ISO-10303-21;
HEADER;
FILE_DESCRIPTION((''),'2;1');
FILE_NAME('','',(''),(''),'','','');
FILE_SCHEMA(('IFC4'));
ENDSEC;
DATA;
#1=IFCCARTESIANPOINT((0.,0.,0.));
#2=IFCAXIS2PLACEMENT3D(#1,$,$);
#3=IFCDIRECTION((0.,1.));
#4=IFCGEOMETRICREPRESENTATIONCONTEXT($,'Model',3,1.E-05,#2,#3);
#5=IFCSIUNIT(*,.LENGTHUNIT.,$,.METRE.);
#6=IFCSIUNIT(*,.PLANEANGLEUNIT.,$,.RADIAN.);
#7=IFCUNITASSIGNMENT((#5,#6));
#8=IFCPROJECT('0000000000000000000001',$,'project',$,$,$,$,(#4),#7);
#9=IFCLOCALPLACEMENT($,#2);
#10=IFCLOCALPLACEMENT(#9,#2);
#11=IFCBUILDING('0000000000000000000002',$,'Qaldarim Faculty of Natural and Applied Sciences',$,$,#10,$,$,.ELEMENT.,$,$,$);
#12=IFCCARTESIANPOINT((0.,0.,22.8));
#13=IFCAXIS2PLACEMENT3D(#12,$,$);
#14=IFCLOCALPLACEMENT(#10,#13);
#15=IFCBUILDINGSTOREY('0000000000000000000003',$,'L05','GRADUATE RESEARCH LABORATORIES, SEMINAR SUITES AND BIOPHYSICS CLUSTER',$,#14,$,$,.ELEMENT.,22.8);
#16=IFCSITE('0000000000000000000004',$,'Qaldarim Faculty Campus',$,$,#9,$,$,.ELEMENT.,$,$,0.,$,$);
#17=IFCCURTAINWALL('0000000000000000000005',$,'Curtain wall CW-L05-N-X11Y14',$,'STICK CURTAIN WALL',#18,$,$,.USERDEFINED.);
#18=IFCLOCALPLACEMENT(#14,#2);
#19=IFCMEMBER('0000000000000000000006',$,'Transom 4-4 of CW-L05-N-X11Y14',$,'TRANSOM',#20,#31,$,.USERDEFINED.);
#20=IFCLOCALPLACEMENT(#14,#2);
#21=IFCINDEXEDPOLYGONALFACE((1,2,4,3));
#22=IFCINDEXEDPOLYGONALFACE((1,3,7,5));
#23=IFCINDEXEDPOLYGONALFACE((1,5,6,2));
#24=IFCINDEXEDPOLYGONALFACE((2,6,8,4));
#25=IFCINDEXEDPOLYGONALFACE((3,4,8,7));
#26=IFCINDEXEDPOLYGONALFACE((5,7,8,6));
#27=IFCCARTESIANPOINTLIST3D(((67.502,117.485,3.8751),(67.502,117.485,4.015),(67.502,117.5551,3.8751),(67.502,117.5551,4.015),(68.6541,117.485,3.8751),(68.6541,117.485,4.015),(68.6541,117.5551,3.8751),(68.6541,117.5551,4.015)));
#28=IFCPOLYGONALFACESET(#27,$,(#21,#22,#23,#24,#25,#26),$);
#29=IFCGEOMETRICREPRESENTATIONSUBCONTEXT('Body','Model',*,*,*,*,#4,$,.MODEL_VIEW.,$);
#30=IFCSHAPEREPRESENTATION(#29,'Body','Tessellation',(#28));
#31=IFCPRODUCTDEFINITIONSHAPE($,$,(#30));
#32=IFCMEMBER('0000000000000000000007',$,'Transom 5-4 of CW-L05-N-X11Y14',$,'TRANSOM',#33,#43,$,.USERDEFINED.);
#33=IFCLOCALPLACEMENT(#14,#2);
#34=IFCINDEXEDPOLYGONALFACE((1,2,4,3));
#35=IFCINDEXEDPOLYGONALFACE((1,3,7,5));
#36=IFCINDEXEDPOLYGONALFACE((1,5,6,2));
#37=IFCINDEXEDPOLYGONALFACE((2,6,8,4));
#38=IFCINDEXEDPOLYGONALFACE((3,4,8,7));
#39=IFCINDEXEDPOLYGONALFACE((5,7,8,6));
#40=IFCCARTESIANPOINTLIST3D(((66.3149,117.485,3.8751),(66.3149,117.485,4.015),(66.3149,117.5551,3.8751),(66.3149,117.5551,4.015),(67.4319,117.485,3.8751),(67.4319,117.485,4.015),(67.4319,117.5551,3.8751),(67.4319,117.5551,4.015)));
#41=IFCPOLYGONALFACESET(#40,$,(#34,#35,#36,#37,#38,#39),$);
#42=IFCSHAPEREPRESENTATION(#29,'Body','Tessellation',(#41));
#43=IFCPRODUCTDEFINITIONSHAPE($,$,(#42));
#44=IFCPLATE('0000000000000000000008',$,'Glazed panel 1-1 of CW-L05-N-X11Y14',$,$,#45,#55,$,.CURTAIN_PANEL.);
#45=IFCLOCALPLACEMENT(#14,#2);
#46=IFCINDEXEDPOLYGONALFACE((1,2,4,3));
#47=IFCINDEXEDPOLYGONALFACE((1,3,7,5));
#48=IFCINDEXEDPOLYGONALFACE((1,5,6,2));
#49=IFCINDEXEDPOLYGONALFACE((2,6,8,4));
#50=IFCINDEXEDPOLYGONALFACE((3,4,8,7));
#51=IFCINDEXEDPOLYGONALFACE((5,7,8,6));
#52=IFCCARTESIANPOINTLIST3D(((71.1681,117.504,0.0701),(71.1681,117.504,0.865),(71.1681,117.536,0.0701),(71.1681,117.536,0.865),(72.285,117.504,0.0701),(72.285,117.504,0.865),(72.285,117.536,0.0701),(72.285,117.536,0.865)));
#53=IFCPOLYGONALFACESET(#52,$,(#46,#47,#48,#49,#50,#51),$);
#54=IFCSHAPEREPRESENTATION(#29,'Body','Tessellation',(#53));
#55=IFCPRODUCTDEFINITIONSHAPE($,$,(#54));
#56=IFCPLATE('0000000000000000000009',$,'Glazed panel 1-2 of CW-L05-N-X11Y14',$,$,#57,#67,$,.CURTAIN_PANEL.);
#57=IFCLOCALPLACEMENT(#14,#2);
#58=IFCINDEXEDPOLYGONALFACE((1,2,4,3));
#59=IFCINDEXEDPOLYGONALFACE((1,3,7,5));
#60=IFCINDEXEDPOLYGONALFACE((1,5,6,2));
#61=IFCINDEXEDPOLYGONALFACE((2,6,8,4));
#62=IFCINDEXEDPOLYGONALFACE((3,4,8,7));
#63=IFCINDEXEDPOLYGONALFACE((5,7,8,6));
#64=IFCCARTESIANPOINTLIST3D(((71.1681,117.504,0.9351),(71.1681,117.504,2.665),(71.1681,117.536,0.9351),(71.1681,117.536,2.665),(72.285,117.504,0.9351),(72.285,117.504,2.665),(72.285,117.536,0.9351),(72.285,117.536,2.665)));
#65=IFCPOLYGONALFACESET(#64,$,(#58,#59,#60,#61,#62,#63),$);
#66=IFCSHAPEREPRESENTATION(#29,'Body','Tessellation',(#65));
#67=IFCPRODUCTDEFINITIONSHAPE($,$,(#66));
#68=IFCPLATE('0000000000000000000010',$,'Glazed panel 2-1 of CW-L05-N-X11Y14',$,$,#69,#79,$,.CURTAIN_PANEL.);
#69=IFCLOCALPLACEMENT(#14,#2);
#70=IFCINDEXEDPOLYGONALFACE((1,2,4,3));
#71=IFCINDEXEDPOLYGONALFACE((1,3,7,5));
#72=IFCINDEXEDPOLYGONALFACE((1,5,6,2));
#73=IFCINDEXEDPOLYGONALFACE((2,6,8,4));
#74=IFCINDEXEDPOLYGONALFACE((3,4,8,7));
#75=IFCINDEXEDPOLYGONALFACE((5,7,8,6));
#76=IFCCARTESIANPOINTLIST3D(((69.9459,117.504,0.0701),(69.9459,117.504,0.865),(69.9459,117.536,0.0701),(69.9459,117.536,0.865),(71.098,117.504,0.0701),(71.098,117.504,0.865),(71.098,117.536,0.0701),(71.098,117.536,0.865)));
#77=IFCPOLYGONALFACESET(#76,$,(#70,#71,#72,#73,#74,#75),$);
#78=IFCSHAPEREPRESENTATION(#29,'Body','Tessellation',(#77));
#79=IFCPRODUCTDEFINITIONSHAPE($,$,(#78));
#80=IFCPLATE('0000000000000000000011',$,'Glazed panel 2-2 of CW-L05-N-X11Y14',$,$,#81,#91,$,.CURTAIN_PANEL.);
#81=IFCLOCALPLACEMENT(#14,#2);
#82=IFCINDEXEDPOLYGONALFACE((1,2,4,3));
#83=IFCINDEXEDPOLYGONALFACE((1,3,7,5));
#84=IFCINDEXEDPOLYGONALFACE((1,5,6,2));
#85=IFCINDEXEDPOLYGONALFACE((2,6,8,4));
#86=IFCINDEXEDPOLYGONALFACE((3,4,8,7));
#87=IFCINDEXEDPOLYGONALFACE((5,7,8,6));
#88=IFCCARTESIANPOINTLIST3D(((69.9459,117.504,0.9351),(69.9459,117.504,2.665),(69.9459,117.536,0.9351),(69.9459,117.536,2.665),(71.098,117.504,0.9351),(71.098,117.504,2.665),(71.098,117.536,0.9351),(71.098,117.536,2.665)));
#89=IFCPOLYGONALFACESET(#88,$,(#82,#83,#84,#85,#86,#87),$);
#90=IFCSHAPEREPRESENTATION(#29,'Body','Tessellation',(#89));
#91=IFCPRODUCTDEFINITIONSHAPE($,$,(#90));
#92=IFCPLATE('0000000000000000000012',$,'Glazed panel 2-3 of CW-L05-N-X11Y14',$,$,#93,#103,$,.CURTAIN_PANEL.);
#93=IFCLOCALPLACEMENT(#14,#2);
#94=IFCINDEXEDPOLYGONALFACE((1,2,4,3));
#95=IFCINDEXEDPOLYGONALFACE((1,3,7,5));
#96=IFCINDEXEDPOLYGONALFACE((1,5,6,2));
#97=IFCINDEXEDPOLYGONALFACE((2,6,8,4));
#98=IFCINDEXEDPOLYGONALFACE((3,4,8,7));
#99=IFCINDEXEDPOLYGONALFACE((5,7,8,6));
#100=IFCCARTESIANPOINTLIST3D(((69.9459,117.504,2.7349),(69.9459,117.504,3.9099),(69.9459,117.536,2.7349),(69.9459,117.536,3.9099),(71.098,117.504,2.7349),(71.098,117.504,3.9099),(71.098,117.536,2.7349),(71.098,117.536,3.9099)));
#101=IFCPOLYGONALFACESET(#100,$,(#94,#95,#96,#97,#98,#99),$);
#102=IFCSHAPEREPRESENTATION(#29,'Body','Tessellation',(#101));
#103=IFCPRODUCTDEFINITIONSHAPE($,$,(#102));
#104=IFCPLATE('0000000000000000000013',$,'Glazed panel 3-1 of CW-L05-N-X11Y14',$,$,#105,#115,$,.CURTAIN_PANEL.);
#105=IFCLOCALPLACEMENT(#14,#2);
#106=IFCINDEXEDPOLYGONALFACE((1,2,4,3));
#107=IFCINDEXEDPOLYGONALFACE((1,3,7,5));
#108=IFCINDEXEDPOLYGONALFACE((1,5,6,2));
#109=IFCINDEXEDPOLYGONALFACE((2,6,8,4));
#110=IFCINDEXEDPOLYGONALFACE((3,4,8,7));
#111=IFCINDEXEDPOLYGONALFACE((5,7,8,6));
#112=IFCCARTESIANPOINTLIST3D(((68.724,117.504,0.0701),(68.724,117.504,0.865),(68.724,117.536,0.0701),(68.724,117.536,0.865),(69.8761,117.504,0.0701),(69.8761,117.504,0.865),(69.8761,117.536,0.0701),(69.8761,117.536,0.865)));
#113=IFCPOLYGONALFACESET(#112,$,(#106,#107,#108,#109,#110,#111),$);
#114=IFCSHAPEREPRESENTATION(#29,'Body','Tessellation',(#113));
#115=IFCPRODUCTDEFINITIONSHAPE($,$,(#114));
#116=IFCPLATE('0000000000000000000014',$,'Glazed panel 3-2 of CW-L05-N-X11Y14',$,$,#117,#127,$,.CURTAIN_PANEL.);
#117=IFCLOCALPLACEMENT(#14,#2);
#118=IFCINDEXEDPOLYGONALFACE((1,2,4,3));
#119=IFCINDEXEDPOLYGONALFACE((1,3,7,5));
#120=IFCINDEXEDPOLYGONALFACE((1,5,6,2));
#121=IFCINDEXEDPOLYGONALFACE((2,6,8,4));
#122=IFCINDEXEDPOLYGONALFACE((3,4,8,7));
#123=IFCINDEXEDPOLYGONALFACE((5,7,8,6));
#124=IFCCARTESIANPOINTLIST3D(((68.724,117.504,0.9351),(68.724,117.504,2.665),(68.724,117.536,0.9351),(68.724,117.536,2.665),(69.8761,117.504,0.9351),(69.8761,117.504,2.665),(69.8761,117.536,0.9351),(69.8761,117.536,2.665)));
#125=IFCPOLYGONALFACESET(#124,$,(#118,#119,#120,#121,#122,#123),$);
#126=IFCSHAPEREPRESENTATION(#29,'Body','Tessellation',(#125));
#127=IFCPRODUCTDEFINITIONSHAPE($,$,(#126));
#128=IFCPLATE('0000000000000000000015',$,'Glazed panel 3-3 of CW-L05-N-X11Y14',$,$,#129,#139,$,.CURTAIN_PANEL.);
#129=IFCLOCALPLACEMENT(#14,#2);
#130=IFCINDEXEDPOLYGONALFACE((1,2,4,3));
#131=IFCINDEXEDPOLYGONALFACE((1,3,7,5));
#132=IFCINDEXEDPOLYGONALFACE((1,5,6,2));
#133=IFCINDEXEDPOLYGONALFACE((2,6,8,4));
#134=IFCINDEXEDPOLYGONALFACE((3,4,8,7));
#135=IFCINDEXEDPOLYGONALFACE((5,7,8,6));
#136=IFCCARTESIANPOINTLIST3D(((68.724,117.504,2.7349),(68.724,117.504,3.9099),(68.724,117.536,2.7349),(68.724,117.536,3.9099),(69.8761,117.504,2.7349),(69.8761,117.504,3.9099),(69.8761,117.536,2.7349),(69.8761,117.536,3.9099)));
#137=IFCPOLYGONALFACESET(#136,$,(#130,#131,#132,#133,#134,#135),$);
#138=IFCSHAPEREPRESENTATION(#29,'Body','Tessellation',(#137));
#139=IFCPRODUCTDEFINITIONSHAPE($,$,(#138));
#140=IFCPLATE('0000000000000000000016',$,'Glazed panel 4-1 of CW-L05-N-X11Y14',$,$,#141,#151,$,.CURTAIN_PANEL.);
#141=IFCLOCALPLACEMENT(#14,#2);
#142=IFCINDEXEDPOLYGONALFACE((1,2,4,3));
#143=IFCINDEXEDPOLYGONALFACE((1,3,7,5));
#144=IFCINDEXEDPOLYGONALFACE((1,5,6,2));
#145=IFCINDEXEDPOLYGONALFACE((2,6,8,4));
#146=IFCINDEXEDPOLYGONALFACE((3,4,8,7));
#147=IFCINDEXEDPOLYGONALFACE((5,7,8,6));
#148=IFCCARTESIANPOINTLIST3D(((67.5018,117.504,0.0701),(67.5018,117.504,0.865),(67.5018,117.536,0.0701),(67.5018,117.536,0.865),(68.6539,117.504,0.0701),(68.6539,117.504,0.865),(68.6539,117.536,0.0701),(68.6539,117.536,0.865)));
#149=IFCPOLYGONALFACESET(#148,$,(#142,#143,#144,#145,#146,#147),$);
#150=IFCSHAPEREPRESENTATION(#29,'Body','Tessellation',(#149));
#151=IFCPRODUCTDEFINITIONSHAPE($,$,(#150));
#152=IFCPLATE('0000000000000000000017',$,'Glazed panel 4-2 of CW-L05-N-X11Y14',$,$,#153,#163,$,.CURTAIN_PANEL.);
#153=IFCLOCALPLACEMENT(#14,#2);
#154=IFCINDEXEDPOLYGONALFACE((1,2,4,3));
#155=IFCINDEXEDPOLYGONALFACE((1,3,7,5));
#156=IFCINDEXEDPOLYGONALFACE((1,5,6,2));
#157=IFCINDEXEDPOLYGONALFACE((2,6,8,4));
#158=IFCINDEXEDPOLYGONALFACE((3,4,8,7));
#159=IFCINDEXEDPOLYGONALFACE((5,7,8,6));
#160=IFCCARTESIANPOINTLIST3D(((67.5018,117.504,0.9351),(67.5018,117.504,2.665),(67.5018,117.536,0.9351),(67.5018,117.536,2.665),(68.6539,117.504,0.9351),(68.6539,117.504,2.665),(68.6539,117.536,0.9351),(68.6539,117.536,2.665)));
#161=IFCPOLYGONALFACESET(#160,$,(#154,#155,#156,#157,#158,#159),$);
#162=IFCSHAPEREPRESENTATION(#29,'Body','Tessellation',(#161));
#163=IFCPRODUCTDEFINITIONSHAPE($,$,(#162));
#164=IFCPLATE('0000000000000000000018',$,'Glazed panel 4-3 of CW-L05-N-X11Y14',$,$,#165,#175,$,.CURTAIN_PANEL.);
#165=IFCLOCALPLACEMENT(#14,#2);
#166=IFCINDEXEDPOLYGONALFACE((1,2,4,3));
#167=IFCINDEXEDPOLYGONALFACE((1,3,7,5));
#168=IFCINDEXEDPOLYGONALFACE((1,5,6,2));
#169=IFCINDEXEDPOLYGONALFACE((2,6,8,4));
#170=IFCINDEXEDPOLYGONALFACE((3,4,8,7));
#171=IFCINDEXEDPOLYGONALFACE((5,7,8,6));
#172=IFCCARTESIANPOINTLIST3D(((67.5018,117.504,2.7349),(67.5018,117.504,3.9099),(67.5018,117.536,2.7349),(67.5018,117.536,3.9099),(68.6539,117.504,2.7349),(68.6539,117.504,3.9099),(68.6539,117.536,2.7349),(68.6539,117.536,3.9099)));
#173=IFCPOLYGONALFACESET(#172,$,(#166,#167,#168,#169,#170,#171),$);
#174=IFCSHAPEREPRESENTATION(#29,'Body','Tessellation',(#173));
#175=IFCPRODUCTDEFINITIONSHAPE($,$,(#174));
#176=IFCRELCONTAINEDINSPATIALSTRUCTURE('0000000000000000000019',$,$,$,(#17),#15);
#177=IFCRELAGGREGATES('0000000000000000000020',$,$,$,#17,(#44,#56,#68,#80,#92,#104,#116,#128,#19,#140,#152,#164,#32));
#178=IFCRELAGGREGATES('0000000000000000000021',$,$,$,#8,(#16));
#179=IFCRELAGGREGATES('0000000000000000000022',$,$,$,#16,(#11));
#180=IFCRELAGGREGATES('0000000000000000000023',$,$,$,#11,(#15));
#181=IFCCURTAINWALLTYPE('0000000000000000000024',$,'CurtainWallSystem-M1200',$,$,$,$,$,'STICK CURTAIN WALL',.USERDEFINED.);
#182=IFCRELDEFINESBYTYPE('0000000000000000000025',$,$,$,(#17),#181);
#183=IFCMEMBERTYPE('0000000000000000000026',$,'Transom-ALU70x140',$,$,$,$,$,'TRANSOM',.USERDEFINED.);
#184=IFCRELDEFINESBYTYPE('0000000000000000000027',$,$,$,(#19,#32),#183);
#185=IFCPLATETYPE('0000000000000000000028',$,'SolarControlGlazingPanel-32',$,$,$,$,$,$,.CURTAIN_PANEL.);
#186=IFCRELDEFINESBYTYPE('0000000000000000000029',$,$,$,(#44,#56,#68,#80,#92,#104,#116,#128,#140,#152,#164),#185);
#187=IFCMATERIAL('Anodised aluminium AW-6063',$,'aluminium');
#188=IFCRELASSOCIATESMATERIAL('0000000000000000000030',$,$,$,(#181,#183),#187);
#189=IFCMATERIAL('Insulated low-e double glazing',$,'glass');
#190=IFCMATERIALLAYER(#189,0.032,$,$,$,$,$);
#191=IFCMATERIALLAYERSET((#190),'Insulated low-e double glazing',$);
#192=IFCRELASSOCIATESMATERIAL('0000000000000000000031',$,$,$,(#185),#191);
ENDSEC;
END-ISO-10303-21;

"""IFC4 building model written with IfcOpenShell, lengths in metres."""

from ifc_helpers import new_model, si_unit, direction, frame, origin, origin_2d, place, context, subcontext, project, spatial, rectangle, extrude, material, layer, layer_set, material_profile, profile_set, type_object, element, aggregate, save


model = new_model("IFC4")

# Units and contexts
model_context = context("Model", 3, precision=1e-05, world=origin(), true_north=direction((0.0, 1.0)))
body_context = subcontext(model_context, "Body", "Model", "MODEL_VIEW")
ifc_project = project(units=[si_unit("LENGTHUNIT", "METRE"), si_unit("PLANEANGLEUNIT", "RADIAN")], contexts=[model_context])

# Site, building, storey
site_placement = place(None, origin())
site = spatial("IfcSite", under=ifc_project, at=site_placement, Name="Qaldarim Faculty Campus", CompositionType="ELEMENT", RefElevation=0.0)
building_placement = place(site_placement, origin())
building = spatial("IfcBuilding", under=site, at=building_placement, Name="Qaldarim Faculty of Natural and Applied Sciences", CompositionType="ELEMENT")
storey_placement = place(building_placement, frame((0.0, 0.0, 22.8)))
storey = spatial("IfcBuildingStorey", under=building, at=storey_placement, Name="L05", Description="GRADUATE RESEARCH LABORATORIES, SEMINAR SUITES AND BIOPHYSICS CLUSTER", CompositionType="ELEMENT", Elevation=22.8)

# Curtain wall, members, plates
ifc_material_1 = material(Name="Anodised aluminium AW-6063", Category="aluminium")
curtain_wall_type = type_object("IfcCurtainWallType", Name="CurtainWallSystem-M1200", ElementType="STICK CURTAIN WALL", PredefinedType="USERDEFINED", material=ifc_material_1)
curtain_wall_placement = place(storey_placement, origin())
curtain_wall = element("IfcCurtainWall", 1, at=curtain_wall_placement, inside=storey, type_object=curtain_wall_type, Name="Curtain wall CW-L05-N-X11Y14", ObjectType="STICK CURTAIN WALL", PredefinedType="USERDEFINED")
ifc_material_profile_1 = material_profile(ifc_material_1, rectangle(XDim=0.0701, YDim=0.1399, at=origin_2d()), Name="ALU-T70x140")
ifc_profile_set_1 = profile_set([ifc_material_profile_1], Name="Anodised aluminium AW-6063")
member_type_1 = type_object("IfcMemberType", Name="Transom-ALU70x140", ElementType="TRANSOM", PredefinedType="USERDEFINED", material=ifc_profile_set_1)
member_1_placement = place(storey_placement, frame((68.6541, 117.52, 3.9451), z_axis=(-1.0, 0.0, 0.0), x_axis=(0.0, -1.0, 0.0)))
member_1 = element("IfcMember", 2, at=member_1_placement, type_object=member_type_1, Name="Transom 4-4 of CW-L05-N-X11Y14", ObjectType="TRANSOM", PredefinedType="USERDEFINED", context=body_context, shape_type="SweptSolid", body=[
    extrude(rectangle(XDim=0.0701, YDim=0.1399, at=origin_2d()), origin(), (0.0, 0.0, 1.0), 1.1521),
])
member_2_placement = place(storey_placement, frame((67.4319, 117.52, 3.9451), z_axis=(-1.0, 0.0, 0.0), x_axis=(0.0, -1.0, 0.0)))
member_2 = element("IfcMember", 3, at=member_2_placement, type_object=member_type_1, Name="Transom 5-4 of CW-L05-N-X11Y14", ObjectType="TRANSOM", PredefinedType="USERDEFINED", context=body_context, shape_type="SweptSolid", body=[
    extrude(rectangle(XDim=0.0701, YDim=0.1399, at=origin_2d()), origin(), (0.0, 0.0, 1.0), 1.1169),
])
ifc_material_2 = material(Name="Insulated low-e double glazing", Category="glass")
ifc_layer = layer(ifc_material_2, 0.032)
ifc_layer_set = layer_set([ifc_layer], Name="Insulated low-e double glazing")
plate_type = type_object("IfcPlateType", Name="SolarControlGlazingPanel-32", PredefinedType="CURTAIN_PANEL", material=ifc_layer_set)
plate_1_placement = place(storey_placement, frame((71.7266, 117.52, 0.0701), z_axis=(0.0, 0.0, 1.0), x_axis=(-1.0, 0.0, 0.0)))
plate_1 = element("IfcPlate", 4, at=plate_1_placement, type_object=plate_type, Name="Glazed panel 1-1 of CW-L05-N-X11Y14", PredefinedType="CURTAIN_PANEL", context=body_context, shape_type="SweptSolid", body=[
    extrude(rectangle(XDim=1.1169, YDim=0.032, at=origin_2d()), origin(), (0.0, 0.0, 1.0), 0.7949),
])
plate_2_placement = place(storey_placement, frame((71.7266, 117.52, 0.9351), z_axis=(0.0, 0.0, 1.0), x_axis=(-1.0, 0.0, 0.0)))
plate_2 = element("IfcPlate", 5, at=plate_2_placement, type_object=plate_type, Name="Glazed panel 1-2 of CW-L05-N-X11Y14", PredefinedType="CURTAIN_PANEL", context=body_context, shape_type="SweptSolid", body=[
    extrude(rectangle(XDim=1.1169, YDim=0.032, at=origin_2d()), origin(), (0.0, 0.0, 1.0), 1.73),
])
plate_3_placement = place(storey_placement, frame((70.522, 117.52, 0.0701), z_axis=(0.0, 0.0, 1.0), x_axis=(-1.0, 0.0, 0.0)))
plate_3 = element("IfcPlate", 6, at=plate_3_placement, type_object=plate_type, Name="Glazed panel 2-1 of CW-L05-N-X11Y14", PredefinedType="CURTAIN_PANEL", context=body_context, shape_type="SweptSolid", body=[
    extrude(rectangle(XDim=1.1521, YDim=0.032, at=origin_2d()), origin(), (0.0, 0.0, 1.0), 0.7949),
])
plate_4_placement = place(storey_placement, frame((70.522, 117.52, 0.9351), z_axis=(0.0, 0.0, 1.0), x_axis=(-1.0, 0.0, 0.0)))
plate_4 = element("IfcPlate", 7, at=plate_4_placement, type_object=plate_type, Name="Glazed panel 2-2 of CW-L05-N-X11Y14", PredefinedType="CURTAIN_PANEL", context=body_context, shape_type="SweptSolid", body=[
    extrude(rectangle(XDim=1.1521, YDim=0.032, at=origin_2d()), origin(), (0.0, 0.0, 1.0), 1.73),
])
plate_5_placement = place(storey_placement, frame((70.522, 117.52, 2.7349), z_axis=(0.0, 0.0, 1.0), x_axis=(-1.0, 0.0, 0.0)))
plate_5 = element("IfcPlate", 8, at=plate_5_placement, type_object=plate_type, Name="Glazed panel 2-3 of CW-L05-N-X11Y14", PredefinedType="CURTAIN_PANEL", context=body_context, shape_type="SweptSolid", body=[
    extrude(rectangle(XDim=1.1521, YDim=0.032, at=origin_2d()), origin(), (0.0, 0.0, 1.0), 1.175),
])
plate_6_placement = place(storey_placement, frame((69.3, 117.52, 0.0701), z_axis=(0.0, 0.0, 1.0), x_axis=(-1.0, 0.0, 0.0)))
plate_6 = element("IfcPlate", 9, at=plate_6_placement, type_object=plate_type, Name="Glazed panel 3-1 of CW-L05-N-X11Y14", PredefinedType="CURTAIN_PANEL", context=body_context, shape_type="SweptSolid", body=[
    extrude(rectangle(XDim=1.1521, YDim=0.032, at=origin_2d()), origin(), (0.0, 0.0, 1.0), 0.7949),
])
plate_7_placement = place(storey_placement, frame((69.3, 117.52, 0.9351), z_axis=(0.0, 0.0, 1.0), x_axis=(-1.0, 0.0, 0.0)))
plate_7 = element("IfcPlate", 10, at=plate_7_placement, type_object=plate_type, Name="Glazed panel 3-2 of CW-L05-N-X11Y14", PredefinedType="CURTAIN_PANEL", context=body_context, shape_type="SweptSolid", body=[
    extrude(rectangle(XDim=1.1521, YDim=0.032, at=origin_2d()), origin(), (0.0, 0.0, 1.0), 1.73),
])
plate_8_placement = place(storey_placement, frame((69.3, 117.52, 2.7349), z_axis=(0.0, 0.0, 1.0), x_axis=(-1.0, 0.0, 0.0)))
plate_8 = element("IfcPlate", 11, at=plate_8_placement, type_object=plate_type, Name="Glazed panel 3-3 of CW-L05-N-X11Y14", PredefinedType="CURTAIN_PANEL", context=body_context, shape_type="SweptSolid", body=[
    extrude(rectangle(XDim=1.1521, YDim=0.032, at=origin_2d()), origin(), (0.0, 0.0, 1.0), 1.175),
])
plate_9_placement = place(storey_placement, frame((68.0779, 117.52, 0.0701), z_axis=(0.0, 0.0, 1.0), x_axis=(-1.0, 0.0, 0.0)))
plate_9 = element("IfcPlate", 12, at=plate_9_placement, type_object=plate_type, Name="Glazed panel 4-1 of CW-L05-N-X11Y14", PredefinedType="CURTAIN_PANEL", context=body_context, shape_type="SweptSolid", body=[
    extrude(rectangle(XDim=1.1521, YDim=0.032, at=origin_2d()), origin(), (0.0, 0.0, 1.0), 0.7949),
])
plate_10_placement = place(storey_placement, frame((68.0779, 117.52, 0.9351), z_axis=(0.0, 0.0, 1.0), x_axis=(-1.0, 0.0, 0.0)))
plate_10 = element("IfcPlate", 13, at=plate_10_placement, type_object=plate_type, Name="Glazed panel 4-2 of CW-L05-N-X11Y14", PredefinedType="CURTAIN_PANEL", context=body_context, shape_type="SweptSolid", body=[
    extrude(rectangle(XDim=1.1521, YDim=0.032, at=origin_2d()), origin(), (0.0, 0.0, 1.0), 1.73),
])
plate_11_placement = place(storey_placement, frame((68.0779, 117.52, 2.7349), z_axis=(0.0, 0.0, 1.0), x_axis=(-1.0, 0.0, 0.0)))
plate_11 = element("IfcPlate", 14, at=plate_11_placement, type_object=plate_type, Name="Glazed panel 4-3 of CW-L05-N-X11Y14", PredefinedType="CURTAIN_PANEL", context=body_context, shape_type="SweptSolid", body=[
    extrude(rectangle(XDim=1.1521, YDim=0.032, at=origin_2d()), origin(), (0.0, 0.0, 1.0), 1.175),
])
aggregate(curtain_wall, [plate_1, plate_2, plate_3, plate_4, plate_5, plate_6, plate_7, plate_8, member_1, plate_9, plate_10, plate_11, member_2])

save(model, "model.ifc")
